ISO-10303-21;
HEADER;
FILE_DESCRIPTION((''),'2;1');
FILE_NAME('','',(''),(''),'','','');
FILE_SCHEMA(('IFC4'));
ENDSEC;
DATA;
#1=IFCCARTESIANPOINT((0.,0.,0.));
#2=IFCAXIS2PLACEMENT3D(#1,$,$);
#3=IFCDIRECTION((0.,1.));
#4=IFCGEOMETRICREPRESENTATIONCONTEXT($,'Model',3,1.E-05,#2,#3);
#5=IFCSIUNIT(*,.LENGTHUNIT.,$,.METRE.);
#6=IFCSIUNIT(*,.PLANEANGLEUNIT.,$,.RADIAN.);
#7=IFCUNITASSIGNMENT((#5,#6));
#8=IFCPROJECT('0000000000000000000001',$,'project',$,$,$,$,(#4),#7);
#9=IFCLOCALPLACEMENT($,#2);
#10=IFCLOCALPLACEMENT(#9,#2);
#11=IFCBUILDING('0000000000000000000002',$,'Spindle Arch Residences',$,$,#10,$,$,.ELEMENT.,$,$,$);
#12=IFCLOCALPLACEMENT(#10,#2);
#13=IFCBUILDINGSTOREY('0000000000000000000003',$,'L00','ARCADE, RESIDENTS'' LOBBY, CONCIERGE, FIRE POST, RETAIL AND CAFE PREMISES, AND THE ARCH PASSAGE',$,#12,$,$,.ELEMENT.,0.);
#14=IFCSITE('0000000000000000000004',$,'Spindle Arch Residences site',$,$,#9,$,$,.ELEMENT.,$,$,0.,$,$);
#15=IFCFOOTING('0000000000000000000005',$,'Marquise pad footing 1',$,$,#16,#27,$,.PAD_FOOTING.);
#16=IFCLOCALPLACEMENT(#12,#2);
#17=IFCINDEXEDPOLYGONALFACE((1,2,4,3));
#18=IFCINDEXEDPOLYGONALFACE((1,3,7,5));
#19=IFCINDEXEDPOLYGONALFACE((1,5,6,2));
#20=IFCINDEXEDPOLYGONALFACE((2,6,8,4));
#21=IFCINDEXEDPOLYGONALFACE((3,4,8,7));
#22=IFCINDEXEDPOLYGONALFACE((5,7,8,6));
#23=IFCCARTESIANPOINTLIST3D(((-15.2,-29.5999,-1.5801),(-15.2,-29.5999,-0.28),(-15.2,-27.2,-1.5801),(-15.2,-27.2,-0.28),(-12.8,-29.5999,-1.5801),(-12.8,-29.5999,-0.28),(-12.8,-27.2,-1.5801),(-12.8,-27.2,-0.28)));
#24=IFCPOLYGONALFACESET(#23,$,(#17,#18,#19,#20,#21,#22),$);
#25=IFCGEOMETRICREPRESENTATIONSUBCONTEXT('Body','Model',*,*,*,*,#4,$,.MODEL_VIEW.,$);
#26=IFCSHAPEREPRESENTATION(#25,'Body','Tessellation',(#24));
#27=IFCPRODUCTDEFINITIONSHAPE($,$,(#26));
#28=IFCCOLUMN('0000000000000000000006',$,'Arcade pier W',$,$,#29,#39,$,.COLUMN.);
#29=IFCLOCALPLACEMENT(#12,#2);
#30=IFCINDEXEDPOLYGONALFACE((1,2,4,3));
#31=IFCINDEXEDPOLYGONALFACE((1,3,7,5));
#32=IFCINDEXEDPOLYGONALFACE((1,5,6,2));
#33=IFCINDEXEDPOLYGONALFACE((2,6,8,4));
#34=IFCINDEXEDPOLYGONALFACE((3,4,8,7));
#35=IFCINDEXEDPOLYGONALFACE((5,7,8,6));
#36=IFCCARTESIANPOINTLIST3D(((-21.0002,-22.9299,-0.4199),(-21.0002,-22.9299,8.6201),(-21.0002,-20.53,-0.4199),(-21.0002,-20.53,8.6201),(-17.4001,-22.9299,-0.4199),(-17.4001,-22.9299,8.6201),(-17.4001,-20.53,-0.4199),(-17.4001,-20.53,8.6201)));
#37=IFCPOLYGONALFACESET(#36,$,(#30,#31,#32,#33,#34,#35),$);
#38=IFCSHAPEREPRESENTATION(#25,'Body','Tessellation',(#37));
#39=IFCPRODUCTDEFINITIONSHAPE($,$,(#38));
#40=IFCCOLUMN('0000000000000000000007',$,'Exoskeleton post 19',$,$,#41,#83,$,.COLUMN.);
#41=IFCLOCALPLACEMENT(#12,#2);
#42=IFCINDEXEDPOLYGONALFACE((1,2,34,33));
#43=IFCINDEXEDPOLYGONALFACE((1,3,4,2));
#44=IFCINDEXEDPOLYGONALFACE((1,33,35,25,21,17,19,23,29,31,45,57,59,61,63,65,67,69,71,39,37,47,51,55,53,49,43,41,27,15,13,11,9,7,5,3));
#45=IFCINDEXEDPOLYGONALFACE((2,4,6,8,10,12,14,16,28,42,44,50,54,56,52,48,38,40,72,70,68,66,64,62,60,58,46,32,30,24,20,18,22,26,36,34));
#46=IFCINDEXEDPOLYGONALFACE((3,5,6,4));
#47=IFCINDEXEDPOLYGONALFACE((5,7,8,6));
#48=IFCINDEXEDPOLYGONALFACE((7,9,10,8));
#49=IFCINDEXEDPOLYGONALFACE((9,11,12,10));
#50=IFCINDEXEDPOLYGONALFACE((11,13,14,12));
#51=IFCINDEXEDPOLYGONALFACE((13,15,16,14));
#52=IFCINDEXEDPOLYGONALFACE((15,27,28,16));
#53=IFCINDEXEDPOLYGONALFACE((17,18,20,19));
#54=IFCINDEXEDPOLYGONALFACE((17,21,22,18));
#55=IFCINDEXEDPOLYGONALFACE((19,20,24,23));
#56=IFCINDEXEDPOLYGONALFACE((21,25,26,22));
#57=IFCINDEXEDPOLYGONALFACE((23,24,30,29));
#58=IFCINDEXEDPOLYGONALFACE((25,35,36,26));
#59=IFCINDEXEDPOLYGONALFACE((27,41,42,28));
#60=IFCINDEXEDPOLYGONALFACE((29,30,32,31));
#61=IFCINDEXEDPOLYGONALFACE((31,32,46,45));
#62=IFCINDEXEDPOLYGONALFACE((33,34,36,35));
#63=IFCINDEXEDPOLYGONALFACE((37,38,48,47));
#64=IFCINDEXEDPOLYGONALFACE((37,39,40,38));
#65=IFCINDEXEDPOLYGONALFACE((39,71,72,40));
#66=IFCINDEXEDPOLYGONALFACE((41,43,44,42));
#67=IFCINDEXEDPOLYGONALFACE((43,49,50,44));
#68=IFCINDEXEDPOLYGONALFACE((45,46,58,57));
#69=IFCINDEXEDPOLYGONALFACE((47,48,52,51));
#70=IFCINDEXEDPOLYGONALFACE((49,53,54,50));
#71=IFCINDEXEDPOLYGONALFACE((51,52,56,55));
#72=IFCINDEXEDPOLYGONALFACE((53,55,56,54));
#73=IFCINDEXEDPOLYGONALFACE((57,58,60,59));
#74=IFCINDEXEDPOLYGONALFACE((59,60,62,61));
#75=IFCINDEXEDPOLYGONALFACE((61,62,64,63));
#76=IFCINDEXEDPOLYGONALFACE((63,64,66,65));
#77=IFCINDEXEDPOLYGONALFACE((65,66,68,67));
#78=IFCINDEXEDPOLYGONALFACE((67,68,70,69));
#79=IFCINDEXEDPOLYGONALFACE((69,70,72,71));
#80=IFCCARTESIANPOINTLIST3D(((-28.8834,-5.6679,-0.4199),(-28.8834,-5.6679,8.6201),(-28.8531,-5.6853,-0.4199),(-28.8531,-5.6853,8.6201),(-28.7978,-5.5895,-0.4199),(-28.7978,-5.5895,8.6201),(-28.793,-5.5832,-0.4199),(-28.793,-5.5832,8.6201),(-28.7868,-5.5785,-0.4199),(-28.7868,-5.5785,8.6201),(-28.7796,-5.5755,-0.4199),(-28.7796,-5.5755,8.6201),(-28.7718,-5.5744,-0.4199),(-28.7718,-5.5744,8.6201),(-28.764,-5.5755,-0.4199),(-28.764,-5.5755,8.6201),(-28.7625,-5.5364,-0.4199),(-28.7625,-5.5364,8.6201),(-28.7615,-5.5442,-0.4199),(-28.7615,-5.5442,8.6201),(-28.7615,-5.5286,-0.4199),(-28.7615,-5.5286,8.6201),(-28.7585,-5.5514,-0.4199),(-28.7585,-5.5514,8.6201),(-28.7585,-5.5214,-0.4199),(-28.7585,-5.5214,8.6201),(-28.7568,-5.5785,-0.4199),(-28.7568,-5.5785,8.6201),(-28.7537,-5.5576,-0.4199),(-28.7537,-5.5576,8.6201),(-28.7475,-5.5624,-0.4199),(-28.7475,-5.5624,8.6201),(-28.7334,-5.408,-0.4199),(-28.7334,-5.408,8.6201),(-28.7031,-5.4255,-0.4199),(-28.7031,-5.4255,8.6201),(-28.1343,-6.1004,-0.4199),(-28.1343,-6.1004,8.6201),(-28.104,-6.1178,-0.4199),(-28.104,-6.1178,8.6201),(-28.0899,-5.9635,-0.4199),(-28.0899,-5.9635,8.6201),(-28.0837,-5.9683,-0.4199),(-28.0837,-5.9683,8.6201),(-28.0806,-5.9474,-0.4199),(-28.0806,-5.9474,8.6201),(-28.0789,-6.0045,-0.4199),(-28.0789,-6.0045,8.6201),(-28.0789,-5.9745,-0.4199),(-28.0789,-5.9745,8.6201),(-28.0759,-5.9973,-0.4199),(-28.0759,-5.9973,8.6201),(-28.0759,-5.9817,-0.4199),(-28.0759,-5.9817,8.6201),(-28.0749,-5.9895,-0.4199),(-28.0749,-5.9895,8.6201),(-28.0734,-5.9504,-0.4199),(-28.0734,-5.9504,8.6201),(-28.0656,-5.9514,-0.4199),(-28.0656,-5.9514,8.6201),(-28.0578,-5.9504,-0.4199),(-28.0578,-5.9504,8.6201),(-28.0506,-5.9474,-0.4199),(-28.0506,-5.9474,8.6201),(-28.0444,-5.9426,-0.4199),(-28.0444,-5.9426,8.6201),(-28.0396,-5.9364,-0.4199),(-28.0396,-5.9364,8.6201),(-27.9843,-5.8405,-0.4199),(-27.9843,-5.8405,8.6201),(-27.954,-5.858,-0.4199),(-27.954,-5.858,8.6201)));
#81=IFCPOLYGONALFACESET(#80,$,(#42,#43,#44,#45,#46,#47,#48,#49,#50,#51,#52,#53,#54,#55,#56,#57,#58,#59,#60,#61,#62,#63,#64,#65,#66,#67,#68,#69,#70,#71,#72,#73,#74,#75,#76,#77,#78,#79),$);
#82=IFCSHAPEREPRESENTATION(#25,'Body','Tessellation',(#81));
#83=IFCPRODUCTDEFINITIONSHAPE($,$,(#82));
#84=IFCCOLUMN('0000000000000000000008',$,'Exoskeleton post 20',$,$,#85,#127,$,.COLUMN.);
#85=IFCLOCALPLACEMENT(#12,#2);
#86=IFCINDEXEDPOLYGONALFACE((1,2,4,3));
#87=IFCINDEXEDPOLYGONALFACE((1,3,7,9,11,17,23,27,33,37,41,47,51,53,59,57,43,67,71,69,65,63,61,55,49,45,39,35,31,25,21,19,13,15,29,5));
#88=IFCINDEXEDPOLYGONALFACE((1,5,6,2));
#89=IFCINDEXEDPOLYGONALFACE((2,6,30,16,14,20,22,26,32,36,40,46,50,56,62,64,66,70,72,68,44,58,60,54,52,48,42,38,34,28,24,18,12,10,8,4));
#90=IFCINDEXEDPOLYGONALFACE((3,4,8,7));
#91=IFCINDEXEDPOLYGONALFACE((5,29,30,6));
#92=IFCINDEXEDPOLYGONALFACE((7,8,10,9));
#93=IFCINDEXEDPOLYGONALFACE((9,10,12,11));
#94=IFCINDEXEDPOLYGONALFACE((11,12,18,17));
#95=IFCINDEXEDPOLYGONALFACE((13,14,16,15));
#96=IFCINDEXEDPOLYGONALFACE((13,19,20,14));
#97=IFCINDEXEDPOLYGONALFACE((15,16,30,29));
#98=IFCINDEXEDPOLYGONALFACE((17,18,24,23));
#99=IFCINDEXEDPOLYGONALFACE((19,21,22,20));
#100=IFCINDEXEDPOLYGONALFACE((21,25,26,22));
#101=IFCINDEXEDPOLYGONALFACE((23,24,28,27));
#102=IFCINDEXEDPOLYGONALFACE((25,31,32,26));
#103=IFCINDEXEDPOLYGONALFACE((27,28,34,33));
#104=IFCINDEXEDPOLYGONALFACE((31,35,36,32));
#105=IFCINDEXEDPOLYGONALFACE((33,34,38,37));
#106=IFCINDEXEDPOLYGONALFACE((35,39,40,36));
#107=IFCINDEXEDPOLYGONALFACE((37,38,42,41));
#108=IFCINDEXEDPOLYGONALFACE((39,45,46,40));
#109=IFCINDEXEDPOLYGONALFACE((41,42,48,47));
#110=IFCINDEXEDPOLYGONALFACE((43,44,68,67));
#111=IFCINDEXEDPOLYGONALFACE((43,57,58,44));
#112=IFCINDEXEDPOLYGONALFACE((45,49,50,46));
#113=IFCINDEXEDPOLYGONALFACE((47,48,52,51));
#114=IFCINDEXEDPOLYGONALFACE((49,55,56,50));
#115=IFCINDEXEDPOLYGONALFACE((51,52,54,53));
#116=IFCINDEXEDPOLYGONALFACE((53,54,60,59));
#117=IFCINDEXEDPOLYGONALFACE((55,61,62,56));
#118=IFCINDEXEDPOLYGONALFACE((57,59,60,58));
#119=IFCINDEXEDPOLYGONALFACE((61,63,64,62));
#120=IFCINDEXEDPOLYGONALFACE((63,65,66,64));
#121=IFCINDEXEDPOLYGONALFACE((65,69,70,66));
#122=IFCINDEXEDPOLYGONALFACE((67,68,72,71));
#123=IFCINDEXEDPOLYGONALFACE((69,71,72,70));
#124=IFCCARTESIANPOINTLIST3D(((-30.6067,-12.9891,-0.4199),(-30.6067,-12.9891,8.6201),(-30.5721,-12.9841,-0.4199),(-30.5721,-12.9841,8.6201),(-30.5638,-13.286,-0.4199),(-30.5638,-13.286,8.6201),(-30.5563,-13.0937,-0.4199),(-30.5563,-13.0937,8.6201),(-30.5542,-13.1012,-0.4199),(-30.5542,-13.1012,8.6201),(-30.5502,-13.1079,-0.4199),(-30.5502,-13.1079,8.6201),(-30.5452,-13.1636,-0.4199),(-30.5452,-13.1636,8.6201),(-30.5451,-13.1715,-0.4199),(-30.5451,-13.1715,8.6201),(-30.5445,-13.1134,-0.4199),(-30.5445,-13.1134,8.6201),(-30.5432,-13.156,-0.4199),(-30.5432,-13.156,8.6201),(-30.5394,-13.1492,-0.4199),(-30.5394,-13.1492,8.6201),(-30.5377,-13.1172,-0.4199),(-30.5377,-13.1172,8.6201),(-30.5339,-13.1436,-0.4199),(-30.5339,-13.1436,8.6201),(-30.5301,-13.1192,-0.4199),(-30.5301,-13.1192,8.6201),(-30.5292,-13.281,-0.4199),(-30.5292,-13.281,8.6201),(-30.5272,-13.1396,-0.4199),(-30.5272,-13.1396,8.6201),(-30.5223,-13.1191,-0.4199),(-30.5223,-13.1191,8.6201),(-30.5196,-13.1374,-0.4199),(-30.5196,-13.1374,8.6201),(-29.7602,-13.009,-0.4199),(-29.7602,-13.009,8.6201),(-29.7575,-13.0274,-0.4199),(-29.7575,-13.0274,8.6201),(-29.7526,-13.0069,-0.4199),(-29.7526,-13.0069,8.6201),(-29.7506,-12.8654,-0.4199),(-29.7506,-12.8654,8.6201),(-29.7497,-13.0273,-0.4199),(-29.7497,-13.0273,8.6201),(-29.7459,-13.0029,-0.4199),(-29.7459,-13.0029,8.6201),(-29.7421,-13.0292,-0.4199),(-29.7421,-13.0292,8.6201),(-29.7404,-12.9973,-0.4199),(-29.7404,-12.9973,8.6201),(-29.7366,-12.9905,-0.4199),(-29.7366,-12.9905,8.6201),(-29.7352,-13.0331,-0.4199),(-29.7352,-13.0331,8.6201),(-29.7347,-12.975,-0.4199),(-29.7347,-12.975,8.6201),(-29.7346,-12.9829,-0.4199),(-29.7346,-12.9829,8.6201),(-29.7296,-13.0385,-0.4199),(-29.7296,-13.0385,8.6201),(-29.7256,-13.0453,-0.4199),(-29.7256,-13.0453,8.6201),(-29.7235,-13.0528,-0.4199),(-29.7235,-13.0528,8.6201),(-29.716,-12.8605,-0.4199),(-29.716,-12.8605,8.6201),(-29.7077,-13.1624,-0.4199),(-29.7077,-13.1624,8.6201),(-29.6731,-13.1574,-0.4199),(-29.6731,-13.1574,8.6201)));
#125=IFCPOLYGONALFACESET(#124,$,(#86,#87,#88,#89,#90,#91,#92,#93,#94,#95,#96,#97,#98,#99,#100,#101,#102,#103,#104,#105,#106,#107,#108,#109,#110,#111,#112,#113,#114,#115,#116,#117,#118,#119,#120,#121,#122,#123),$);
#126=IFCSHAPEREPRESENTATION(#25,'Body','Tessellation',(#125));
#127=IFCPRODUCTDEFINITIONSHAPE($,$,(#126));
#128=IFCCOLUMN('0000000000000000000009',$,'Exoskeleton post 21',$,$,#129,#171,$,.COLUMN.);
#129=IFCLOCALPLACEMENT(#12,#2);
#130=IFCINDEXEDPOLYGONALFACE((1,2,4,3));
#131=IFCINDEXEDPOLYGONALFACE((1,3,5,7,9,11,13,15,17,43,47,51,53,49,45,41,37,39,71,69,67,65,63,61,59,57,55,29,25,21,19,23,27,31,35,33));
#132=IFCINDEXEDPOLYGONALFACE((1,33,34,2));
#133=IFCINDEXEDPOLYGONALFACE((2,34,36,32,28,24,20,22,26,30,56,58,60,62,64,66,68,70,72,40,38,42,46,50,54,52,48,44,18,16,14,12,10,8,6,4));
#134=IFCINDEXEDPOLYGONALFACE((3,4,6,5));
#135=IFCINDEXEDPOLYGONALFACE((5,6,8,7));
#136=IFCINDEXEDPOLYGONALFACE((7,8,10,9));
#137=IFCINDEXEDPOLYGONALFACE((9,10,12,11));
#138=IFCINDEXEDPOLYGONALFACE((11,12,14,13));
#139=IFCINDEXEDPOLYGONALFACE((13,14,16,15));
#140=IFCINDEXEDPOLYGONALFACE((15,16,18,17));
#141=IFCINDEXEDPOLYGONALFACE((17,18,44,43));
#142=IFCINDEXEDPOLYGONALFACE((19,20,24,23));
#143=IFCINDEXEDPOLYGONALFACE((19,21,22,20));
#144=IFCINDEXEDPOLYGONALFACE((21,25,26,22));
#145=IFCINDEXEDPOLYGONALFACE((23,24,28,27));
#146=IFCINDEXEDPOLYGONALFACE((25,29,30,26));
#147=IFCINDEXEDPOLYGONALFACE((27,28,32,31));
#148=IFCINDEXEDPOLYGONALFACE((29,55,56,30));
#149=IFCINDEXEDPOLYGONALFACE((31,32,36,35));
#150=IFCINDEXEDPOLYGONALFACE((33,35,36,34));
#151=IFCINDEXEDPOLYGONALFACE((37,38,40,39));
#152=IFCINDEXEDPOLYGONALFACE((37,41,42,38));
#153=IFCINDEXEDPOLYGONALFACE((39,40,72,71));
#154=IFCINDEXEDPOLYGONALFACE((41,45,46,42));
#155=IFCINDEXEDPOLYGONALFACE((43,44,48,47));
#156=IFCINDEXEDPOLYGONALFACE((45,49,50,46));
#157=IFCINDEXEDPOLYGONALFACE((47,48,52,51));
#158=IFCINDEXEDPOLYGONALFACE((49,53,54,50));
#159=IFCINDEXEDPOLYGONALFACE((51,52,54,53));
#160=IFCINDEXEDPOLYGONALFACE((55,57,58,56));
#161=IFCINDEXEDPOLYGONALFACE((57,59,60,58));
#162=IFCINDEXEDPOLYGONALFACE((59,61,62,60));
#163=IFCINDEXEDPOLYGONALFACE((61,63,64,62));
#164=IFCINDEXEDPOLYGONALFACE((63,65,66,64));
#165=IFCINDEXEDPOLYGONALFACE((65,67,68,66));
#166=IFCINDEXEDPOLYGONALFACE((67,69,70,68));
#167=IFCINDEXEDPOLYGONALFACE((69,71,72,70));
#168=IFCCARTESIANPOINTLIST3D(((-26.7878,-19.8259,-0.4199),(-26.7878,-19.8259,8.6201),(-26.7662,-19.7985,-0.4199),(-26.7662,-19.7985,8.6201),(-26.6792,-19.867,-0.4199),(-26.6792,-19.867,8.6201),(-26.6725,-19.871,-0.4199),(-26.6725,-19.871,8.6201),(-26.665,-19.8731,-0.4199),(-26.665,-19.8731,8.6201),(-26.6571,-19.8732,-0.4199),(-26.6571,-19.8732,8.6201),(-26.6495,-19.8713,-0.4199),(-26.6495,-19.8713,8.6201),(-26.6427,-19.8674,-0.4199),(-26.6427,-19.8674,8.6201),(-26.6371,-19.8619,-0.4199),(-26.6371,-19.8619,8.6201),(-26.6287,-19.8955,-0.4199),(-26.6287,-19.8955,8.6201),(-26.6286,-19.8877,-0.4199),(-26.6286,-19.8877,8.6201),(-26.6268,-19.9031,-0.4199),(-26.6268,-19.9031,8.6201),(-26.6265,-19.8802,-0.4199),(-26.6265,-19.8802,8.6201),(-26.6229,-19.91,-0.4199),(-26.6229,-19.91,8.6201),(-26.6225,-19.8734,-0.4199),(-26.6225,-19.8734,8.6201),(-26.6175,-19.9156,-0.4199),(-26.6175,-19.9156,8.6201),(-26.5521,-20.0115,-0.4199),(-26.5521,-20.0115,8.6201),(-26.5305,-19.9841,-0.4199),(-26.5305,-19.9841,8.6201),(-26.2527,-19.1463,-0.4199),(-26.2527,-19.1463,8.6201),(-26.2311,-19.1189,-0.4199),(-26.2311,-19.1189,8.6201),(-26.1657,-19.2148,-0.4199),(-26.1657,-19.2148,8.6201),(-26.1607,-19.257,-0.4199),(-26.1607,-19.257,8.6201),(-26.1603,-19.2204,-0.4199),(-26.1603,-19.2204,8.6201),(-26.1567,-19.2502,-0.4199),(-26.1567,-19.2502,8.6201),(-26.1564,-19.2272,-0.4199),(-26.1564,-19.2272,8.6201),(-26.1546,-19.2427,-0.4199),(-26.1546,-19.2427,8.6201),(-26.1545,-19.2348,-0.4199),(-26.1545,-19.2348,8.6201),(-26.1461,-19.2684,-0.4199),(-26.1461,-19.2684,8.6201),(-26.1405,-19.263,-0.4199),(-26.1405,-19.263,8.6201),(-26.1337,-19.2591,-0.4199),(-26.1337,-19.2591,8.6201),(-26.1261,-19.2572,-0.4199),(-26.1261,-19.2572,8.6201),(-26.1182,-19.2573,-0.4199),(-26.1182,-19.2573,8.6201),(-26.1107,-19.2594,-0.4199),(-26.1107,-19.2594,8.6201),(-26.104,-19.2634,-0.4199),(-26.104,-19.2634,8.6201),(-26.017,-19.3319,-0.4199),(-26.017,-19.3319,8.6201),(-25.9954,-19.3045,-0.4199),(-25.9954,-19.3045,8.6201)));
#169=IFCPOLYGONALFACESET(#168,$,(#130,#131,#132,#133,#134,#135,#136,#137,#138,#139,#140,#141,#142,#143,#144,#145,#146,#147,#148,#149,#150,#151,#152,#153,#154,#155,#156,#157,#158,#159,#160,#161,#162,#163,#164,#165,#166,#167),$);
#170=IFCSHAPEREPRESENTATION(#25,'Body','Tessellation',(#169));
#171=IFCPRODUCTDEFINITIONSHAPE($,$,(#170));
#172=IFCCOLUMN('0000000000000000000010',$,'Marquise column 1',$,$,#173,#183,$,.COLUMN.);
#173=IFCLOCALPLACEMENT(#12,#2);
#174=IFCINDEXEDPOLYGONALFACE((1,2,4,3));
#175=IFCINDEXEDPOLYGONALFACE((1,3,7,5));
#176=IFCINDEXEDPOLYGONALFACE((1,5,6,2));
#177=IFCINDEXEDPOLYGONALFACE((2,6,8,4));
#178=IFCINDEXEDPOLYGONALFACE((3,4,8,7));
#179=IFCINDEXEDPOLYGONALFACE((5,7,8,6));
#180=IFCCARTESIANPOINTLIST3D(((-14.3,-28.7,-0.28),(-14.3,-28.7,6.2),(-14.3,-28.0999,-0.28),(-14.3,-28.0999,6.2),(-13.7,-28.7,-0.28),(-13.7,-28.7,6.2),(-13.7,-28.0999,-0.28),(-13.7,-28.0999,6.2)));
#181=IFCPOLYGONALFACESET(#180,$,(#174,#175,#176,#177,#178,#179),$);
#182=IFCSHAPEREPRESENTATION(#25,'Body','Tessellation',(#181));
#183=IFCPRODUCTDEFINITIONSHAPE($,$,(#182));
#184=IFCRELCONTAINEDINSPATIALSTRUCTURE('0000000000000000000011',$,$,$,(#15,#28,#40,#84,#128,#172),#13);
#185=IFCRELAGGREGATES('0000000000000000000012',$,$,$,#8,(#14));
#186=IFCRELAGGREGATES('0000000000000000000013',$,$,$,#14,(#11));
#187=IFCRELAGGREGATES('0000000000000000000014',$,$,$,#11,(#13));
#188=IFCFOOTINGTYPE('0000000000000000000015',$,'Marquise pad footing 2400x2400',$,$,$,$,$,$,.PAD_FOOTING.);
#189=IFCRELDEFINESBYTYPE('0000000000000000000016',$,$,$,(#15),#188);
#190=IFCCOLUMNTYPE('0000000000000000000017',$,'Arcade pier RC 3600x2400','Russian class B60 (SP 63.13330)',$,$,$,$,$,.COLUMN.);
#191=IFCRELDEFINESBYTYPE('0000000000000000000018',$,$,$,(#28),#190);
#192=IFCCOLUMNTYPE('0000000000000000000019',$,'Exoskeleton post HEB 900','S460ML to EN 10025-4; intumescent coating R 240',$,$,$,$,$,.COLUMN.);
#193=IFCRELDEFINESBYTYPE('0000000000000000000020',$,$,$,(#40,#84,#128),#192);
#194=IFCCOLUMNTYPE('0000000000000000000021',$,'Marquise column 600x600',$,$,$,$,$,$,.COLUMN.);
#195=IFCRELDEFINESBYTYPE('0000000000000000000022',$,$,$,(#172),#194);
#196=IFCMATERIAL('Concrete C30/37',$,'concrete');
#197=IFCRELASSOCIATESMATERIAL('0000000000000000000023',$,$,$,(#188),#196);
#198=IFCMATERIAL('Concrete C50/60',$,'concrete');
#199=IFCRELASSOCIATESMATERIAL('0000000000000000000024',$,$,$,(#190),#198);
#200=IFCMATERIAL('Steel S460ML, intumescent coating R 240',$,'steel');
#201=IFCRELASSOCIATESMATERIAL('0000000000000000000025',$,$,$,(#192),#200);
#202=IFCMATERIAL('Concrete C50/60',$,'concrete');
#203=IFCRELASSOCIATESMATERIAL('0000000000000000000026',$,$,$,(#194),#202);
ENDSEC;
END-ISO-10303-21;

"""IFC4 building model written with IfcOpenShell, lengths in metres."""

from ifc_helpers import new_model, si_unit, direction, frame, origin, origin_2d, place, context, subcontext, project, spatial, rectangle, i_section, extrude, material, material_profile, profile_set, type_object, element, save


model = new_model("IFC4")

# Units and contexts
model_context = context("Model", 3, precision=1e-05, world=origin(), true_north=direction((0.0, 1.0)))
body_context = subcontext(model_context, "Body", "Model", "MODEL_VIEW")
ifc_project = project(units=[si_unit("LENGTHUNIT", "METRE"), si_unit("PLANEANGLEUNIT", "RADIAN")], contexts=[model_context])

# Site, building, storey
site_placement = place(None, origin())
site = spatial("IfcSite", under=ifc_project, at=site_placement, Name="Spindle Arch Residences site", CompositionType="ELEMENT", RefElevation=0.0)
building_placement = place(site_placement, origin())
building = spatial("IfcBuilding", under=site, at=building_placement, Name="Spindle Arch Residences", CompositionType="ELEMENT")
storey_placement = place(building_placement, origin())
storey = spatial("IfcBuildingStorey", under=building, at=storey_placement, Name="L00", Description="ARCADE, RESIDENTS' LOBBY, CONCIERGE, FIRE POST, RETAIL AND CAFE PREMISES, AND THE ARCH PASSAGE", CompositionType="ELEMENT", Elevation=0.0)

# Footing
ifc_material_1 = material(Name="Concrete C30/37", Category="concrete")
footing_type = type_object("IfcFootingType", Name="Marquise pad footing 2400x2400", PredefinedType="PAD_FOOTING", material=ifc_material_1)
footing_placement = place(storey_placement, frame((-14.0, -28.3999, -1.5801), z_axis=(0.0, 0.0, 1.0), x_axis=(1.0, 0.0, 0.0)))
element("IfcFooting", 1, at=footing_placement, inside=storey, type_object=footing_type, Name="Marquise pad footing 1", PredefinedType="PAD_FOOTING", context=body_context, shape_type="SweptSolid", body=[
    extrude(rectangle(XDim=2.3999, YDim=2.3999, at=origin_2d()), origin(), (0.0, 0.0, 1.0), 1.3),
])

# Columns
ifc_material_2 = material(Name="Concrete C50/60", Category="concrete")
ifc_material_profile_1 = material_profile(ifc_material_2, rectangle(XDim=3.6001, YDim=2.3999, at=origin_2d()), Name="RC 3600x2400")
ifc_profile_set_1 = profile_set([ifc_material_profile_1], Name="Concrete C50/60")
column_type_1 = type_object("IfcColumnType", Name="Arcade pier RC 3600x2400", Description="Russian class B60 (SP 63.13330)", PredefinedType="COLUMN", material=ifc_profile_set_1)
column_1_placement = place(storey_placement, frame((-19.2002, -21.73, -0.4199), z_axis=(0.0, 0.0, 1.0), x_axis=(1.0, 0.0, 0.0)))
element("IfcColumn", 2, at=column_1_placement, inside=storey, type_object=column_type_1, Name="Arcade pier W", PredefinedType="COLUMN", context=body_context, shape_type="SweptSolid", body=[
    extrude(rectangle(XDim=3.6001, YDim=2.3999, at=origin_2d()), origin(), (0.0, 0.0, 1.0), 9.04),
])
ifc_material_3 = material(Name="Steel S460ML, intumescent coating R 240", Category="steel")
ifc_material_profile_2 = material_profile(ifc_material_3, i_section(OverallWidth=0.3, OverallDepth=0.8999, WebThickness=0.0186, FlangeThickness=0.0349, FilletRadius=0.03, at=origin_2d()), Name="HEB 900")
ifc_profile_set_2 = profile_set([ifc_material_profile_2], Name="Steel S460ML, intumescent coating R 240")
column_type_2 = type_object("IfcColumnType", Name="Exoskeleton post HEB 900", Description="S460ML to EN 10025-4; intumescent coating R 240", PredefinedType="COLUMN", material=ifc_profile_set_2)
for number, where, z_axis, x_axis, name in (
    (3, (-28.4187, -5.7629, -0.4199), (0.0, 0.0, 1.0), (0.5, 0.866025, 0.0), "Exoskeleton post 19"),
    (4, (-30.1399, -13.0732, -0.4199), (0.0, 0.0, 1.0), (-0.142906, 0.989736, 0.0), "Exoskeleton post 20"),
    (5, (-26.3916, -19.5652, -0.4199), (0.0, 0.0, 1.0), (-0.785684, 0.618629, 0.0), "Exoskeleton post 21"),
):
    element("IfcColumn", number, at=place(storey_placement, frame(where, z_axis=z_axis, x_axis=x_axis)), inside=storey, type_object=column_type_2, Name=name, PredefinedType="COLUMN", context=body_context, shape_type="SweptSolid", body=[
        extrude(i_section(OverallWidth=0.3, OverallDepth=0.8999, WebThickness=0.0186, FlangeThickness=0.0349, FilletRadius=0.03, at=origin_2d()), origin(), (0.0, 0.0, 1.0), 9.04),
    ])
ifc_material_4 = material(Name="Concrete C50/60", Category="concrete")
ifc_material_profile_3 = material_profile(ifc_material_4, rectangle(XDim=0.6001, YDim=0.6001, at=origin_2d()), Name="RC 600x600")
ifc_profile_set_3 = profile_set([ifc_material_profile_3], Name="Concrete C50/60")
column_type_3 = type_object("IfcColumnType", Name="Marquise column 600x600", PredefinedType="COLUMN", material=ifc_profile_set_3)
column_2_placement = place(storey_placement, frame((-14.0, -28.3999, -0.28), z_axis=(0.0, 0.0, 1.0), x_axis=(1.0, 0.0, 0.0)))
element("IfcColumn", 6, at=column_2_placement, inside=storey, type_object=column_type_3, Name="Marquise column 1", PredefinedType="COLUMN", context=body_context, shape_type="SweptSolid", body=[
    extrude(rectangle(XDim=0.6001, YDim=0.6001, at=origin_2d()), origin(), (0.0, 0.0, 1.0), 6.48),
])

save(model, "model.ifc")
